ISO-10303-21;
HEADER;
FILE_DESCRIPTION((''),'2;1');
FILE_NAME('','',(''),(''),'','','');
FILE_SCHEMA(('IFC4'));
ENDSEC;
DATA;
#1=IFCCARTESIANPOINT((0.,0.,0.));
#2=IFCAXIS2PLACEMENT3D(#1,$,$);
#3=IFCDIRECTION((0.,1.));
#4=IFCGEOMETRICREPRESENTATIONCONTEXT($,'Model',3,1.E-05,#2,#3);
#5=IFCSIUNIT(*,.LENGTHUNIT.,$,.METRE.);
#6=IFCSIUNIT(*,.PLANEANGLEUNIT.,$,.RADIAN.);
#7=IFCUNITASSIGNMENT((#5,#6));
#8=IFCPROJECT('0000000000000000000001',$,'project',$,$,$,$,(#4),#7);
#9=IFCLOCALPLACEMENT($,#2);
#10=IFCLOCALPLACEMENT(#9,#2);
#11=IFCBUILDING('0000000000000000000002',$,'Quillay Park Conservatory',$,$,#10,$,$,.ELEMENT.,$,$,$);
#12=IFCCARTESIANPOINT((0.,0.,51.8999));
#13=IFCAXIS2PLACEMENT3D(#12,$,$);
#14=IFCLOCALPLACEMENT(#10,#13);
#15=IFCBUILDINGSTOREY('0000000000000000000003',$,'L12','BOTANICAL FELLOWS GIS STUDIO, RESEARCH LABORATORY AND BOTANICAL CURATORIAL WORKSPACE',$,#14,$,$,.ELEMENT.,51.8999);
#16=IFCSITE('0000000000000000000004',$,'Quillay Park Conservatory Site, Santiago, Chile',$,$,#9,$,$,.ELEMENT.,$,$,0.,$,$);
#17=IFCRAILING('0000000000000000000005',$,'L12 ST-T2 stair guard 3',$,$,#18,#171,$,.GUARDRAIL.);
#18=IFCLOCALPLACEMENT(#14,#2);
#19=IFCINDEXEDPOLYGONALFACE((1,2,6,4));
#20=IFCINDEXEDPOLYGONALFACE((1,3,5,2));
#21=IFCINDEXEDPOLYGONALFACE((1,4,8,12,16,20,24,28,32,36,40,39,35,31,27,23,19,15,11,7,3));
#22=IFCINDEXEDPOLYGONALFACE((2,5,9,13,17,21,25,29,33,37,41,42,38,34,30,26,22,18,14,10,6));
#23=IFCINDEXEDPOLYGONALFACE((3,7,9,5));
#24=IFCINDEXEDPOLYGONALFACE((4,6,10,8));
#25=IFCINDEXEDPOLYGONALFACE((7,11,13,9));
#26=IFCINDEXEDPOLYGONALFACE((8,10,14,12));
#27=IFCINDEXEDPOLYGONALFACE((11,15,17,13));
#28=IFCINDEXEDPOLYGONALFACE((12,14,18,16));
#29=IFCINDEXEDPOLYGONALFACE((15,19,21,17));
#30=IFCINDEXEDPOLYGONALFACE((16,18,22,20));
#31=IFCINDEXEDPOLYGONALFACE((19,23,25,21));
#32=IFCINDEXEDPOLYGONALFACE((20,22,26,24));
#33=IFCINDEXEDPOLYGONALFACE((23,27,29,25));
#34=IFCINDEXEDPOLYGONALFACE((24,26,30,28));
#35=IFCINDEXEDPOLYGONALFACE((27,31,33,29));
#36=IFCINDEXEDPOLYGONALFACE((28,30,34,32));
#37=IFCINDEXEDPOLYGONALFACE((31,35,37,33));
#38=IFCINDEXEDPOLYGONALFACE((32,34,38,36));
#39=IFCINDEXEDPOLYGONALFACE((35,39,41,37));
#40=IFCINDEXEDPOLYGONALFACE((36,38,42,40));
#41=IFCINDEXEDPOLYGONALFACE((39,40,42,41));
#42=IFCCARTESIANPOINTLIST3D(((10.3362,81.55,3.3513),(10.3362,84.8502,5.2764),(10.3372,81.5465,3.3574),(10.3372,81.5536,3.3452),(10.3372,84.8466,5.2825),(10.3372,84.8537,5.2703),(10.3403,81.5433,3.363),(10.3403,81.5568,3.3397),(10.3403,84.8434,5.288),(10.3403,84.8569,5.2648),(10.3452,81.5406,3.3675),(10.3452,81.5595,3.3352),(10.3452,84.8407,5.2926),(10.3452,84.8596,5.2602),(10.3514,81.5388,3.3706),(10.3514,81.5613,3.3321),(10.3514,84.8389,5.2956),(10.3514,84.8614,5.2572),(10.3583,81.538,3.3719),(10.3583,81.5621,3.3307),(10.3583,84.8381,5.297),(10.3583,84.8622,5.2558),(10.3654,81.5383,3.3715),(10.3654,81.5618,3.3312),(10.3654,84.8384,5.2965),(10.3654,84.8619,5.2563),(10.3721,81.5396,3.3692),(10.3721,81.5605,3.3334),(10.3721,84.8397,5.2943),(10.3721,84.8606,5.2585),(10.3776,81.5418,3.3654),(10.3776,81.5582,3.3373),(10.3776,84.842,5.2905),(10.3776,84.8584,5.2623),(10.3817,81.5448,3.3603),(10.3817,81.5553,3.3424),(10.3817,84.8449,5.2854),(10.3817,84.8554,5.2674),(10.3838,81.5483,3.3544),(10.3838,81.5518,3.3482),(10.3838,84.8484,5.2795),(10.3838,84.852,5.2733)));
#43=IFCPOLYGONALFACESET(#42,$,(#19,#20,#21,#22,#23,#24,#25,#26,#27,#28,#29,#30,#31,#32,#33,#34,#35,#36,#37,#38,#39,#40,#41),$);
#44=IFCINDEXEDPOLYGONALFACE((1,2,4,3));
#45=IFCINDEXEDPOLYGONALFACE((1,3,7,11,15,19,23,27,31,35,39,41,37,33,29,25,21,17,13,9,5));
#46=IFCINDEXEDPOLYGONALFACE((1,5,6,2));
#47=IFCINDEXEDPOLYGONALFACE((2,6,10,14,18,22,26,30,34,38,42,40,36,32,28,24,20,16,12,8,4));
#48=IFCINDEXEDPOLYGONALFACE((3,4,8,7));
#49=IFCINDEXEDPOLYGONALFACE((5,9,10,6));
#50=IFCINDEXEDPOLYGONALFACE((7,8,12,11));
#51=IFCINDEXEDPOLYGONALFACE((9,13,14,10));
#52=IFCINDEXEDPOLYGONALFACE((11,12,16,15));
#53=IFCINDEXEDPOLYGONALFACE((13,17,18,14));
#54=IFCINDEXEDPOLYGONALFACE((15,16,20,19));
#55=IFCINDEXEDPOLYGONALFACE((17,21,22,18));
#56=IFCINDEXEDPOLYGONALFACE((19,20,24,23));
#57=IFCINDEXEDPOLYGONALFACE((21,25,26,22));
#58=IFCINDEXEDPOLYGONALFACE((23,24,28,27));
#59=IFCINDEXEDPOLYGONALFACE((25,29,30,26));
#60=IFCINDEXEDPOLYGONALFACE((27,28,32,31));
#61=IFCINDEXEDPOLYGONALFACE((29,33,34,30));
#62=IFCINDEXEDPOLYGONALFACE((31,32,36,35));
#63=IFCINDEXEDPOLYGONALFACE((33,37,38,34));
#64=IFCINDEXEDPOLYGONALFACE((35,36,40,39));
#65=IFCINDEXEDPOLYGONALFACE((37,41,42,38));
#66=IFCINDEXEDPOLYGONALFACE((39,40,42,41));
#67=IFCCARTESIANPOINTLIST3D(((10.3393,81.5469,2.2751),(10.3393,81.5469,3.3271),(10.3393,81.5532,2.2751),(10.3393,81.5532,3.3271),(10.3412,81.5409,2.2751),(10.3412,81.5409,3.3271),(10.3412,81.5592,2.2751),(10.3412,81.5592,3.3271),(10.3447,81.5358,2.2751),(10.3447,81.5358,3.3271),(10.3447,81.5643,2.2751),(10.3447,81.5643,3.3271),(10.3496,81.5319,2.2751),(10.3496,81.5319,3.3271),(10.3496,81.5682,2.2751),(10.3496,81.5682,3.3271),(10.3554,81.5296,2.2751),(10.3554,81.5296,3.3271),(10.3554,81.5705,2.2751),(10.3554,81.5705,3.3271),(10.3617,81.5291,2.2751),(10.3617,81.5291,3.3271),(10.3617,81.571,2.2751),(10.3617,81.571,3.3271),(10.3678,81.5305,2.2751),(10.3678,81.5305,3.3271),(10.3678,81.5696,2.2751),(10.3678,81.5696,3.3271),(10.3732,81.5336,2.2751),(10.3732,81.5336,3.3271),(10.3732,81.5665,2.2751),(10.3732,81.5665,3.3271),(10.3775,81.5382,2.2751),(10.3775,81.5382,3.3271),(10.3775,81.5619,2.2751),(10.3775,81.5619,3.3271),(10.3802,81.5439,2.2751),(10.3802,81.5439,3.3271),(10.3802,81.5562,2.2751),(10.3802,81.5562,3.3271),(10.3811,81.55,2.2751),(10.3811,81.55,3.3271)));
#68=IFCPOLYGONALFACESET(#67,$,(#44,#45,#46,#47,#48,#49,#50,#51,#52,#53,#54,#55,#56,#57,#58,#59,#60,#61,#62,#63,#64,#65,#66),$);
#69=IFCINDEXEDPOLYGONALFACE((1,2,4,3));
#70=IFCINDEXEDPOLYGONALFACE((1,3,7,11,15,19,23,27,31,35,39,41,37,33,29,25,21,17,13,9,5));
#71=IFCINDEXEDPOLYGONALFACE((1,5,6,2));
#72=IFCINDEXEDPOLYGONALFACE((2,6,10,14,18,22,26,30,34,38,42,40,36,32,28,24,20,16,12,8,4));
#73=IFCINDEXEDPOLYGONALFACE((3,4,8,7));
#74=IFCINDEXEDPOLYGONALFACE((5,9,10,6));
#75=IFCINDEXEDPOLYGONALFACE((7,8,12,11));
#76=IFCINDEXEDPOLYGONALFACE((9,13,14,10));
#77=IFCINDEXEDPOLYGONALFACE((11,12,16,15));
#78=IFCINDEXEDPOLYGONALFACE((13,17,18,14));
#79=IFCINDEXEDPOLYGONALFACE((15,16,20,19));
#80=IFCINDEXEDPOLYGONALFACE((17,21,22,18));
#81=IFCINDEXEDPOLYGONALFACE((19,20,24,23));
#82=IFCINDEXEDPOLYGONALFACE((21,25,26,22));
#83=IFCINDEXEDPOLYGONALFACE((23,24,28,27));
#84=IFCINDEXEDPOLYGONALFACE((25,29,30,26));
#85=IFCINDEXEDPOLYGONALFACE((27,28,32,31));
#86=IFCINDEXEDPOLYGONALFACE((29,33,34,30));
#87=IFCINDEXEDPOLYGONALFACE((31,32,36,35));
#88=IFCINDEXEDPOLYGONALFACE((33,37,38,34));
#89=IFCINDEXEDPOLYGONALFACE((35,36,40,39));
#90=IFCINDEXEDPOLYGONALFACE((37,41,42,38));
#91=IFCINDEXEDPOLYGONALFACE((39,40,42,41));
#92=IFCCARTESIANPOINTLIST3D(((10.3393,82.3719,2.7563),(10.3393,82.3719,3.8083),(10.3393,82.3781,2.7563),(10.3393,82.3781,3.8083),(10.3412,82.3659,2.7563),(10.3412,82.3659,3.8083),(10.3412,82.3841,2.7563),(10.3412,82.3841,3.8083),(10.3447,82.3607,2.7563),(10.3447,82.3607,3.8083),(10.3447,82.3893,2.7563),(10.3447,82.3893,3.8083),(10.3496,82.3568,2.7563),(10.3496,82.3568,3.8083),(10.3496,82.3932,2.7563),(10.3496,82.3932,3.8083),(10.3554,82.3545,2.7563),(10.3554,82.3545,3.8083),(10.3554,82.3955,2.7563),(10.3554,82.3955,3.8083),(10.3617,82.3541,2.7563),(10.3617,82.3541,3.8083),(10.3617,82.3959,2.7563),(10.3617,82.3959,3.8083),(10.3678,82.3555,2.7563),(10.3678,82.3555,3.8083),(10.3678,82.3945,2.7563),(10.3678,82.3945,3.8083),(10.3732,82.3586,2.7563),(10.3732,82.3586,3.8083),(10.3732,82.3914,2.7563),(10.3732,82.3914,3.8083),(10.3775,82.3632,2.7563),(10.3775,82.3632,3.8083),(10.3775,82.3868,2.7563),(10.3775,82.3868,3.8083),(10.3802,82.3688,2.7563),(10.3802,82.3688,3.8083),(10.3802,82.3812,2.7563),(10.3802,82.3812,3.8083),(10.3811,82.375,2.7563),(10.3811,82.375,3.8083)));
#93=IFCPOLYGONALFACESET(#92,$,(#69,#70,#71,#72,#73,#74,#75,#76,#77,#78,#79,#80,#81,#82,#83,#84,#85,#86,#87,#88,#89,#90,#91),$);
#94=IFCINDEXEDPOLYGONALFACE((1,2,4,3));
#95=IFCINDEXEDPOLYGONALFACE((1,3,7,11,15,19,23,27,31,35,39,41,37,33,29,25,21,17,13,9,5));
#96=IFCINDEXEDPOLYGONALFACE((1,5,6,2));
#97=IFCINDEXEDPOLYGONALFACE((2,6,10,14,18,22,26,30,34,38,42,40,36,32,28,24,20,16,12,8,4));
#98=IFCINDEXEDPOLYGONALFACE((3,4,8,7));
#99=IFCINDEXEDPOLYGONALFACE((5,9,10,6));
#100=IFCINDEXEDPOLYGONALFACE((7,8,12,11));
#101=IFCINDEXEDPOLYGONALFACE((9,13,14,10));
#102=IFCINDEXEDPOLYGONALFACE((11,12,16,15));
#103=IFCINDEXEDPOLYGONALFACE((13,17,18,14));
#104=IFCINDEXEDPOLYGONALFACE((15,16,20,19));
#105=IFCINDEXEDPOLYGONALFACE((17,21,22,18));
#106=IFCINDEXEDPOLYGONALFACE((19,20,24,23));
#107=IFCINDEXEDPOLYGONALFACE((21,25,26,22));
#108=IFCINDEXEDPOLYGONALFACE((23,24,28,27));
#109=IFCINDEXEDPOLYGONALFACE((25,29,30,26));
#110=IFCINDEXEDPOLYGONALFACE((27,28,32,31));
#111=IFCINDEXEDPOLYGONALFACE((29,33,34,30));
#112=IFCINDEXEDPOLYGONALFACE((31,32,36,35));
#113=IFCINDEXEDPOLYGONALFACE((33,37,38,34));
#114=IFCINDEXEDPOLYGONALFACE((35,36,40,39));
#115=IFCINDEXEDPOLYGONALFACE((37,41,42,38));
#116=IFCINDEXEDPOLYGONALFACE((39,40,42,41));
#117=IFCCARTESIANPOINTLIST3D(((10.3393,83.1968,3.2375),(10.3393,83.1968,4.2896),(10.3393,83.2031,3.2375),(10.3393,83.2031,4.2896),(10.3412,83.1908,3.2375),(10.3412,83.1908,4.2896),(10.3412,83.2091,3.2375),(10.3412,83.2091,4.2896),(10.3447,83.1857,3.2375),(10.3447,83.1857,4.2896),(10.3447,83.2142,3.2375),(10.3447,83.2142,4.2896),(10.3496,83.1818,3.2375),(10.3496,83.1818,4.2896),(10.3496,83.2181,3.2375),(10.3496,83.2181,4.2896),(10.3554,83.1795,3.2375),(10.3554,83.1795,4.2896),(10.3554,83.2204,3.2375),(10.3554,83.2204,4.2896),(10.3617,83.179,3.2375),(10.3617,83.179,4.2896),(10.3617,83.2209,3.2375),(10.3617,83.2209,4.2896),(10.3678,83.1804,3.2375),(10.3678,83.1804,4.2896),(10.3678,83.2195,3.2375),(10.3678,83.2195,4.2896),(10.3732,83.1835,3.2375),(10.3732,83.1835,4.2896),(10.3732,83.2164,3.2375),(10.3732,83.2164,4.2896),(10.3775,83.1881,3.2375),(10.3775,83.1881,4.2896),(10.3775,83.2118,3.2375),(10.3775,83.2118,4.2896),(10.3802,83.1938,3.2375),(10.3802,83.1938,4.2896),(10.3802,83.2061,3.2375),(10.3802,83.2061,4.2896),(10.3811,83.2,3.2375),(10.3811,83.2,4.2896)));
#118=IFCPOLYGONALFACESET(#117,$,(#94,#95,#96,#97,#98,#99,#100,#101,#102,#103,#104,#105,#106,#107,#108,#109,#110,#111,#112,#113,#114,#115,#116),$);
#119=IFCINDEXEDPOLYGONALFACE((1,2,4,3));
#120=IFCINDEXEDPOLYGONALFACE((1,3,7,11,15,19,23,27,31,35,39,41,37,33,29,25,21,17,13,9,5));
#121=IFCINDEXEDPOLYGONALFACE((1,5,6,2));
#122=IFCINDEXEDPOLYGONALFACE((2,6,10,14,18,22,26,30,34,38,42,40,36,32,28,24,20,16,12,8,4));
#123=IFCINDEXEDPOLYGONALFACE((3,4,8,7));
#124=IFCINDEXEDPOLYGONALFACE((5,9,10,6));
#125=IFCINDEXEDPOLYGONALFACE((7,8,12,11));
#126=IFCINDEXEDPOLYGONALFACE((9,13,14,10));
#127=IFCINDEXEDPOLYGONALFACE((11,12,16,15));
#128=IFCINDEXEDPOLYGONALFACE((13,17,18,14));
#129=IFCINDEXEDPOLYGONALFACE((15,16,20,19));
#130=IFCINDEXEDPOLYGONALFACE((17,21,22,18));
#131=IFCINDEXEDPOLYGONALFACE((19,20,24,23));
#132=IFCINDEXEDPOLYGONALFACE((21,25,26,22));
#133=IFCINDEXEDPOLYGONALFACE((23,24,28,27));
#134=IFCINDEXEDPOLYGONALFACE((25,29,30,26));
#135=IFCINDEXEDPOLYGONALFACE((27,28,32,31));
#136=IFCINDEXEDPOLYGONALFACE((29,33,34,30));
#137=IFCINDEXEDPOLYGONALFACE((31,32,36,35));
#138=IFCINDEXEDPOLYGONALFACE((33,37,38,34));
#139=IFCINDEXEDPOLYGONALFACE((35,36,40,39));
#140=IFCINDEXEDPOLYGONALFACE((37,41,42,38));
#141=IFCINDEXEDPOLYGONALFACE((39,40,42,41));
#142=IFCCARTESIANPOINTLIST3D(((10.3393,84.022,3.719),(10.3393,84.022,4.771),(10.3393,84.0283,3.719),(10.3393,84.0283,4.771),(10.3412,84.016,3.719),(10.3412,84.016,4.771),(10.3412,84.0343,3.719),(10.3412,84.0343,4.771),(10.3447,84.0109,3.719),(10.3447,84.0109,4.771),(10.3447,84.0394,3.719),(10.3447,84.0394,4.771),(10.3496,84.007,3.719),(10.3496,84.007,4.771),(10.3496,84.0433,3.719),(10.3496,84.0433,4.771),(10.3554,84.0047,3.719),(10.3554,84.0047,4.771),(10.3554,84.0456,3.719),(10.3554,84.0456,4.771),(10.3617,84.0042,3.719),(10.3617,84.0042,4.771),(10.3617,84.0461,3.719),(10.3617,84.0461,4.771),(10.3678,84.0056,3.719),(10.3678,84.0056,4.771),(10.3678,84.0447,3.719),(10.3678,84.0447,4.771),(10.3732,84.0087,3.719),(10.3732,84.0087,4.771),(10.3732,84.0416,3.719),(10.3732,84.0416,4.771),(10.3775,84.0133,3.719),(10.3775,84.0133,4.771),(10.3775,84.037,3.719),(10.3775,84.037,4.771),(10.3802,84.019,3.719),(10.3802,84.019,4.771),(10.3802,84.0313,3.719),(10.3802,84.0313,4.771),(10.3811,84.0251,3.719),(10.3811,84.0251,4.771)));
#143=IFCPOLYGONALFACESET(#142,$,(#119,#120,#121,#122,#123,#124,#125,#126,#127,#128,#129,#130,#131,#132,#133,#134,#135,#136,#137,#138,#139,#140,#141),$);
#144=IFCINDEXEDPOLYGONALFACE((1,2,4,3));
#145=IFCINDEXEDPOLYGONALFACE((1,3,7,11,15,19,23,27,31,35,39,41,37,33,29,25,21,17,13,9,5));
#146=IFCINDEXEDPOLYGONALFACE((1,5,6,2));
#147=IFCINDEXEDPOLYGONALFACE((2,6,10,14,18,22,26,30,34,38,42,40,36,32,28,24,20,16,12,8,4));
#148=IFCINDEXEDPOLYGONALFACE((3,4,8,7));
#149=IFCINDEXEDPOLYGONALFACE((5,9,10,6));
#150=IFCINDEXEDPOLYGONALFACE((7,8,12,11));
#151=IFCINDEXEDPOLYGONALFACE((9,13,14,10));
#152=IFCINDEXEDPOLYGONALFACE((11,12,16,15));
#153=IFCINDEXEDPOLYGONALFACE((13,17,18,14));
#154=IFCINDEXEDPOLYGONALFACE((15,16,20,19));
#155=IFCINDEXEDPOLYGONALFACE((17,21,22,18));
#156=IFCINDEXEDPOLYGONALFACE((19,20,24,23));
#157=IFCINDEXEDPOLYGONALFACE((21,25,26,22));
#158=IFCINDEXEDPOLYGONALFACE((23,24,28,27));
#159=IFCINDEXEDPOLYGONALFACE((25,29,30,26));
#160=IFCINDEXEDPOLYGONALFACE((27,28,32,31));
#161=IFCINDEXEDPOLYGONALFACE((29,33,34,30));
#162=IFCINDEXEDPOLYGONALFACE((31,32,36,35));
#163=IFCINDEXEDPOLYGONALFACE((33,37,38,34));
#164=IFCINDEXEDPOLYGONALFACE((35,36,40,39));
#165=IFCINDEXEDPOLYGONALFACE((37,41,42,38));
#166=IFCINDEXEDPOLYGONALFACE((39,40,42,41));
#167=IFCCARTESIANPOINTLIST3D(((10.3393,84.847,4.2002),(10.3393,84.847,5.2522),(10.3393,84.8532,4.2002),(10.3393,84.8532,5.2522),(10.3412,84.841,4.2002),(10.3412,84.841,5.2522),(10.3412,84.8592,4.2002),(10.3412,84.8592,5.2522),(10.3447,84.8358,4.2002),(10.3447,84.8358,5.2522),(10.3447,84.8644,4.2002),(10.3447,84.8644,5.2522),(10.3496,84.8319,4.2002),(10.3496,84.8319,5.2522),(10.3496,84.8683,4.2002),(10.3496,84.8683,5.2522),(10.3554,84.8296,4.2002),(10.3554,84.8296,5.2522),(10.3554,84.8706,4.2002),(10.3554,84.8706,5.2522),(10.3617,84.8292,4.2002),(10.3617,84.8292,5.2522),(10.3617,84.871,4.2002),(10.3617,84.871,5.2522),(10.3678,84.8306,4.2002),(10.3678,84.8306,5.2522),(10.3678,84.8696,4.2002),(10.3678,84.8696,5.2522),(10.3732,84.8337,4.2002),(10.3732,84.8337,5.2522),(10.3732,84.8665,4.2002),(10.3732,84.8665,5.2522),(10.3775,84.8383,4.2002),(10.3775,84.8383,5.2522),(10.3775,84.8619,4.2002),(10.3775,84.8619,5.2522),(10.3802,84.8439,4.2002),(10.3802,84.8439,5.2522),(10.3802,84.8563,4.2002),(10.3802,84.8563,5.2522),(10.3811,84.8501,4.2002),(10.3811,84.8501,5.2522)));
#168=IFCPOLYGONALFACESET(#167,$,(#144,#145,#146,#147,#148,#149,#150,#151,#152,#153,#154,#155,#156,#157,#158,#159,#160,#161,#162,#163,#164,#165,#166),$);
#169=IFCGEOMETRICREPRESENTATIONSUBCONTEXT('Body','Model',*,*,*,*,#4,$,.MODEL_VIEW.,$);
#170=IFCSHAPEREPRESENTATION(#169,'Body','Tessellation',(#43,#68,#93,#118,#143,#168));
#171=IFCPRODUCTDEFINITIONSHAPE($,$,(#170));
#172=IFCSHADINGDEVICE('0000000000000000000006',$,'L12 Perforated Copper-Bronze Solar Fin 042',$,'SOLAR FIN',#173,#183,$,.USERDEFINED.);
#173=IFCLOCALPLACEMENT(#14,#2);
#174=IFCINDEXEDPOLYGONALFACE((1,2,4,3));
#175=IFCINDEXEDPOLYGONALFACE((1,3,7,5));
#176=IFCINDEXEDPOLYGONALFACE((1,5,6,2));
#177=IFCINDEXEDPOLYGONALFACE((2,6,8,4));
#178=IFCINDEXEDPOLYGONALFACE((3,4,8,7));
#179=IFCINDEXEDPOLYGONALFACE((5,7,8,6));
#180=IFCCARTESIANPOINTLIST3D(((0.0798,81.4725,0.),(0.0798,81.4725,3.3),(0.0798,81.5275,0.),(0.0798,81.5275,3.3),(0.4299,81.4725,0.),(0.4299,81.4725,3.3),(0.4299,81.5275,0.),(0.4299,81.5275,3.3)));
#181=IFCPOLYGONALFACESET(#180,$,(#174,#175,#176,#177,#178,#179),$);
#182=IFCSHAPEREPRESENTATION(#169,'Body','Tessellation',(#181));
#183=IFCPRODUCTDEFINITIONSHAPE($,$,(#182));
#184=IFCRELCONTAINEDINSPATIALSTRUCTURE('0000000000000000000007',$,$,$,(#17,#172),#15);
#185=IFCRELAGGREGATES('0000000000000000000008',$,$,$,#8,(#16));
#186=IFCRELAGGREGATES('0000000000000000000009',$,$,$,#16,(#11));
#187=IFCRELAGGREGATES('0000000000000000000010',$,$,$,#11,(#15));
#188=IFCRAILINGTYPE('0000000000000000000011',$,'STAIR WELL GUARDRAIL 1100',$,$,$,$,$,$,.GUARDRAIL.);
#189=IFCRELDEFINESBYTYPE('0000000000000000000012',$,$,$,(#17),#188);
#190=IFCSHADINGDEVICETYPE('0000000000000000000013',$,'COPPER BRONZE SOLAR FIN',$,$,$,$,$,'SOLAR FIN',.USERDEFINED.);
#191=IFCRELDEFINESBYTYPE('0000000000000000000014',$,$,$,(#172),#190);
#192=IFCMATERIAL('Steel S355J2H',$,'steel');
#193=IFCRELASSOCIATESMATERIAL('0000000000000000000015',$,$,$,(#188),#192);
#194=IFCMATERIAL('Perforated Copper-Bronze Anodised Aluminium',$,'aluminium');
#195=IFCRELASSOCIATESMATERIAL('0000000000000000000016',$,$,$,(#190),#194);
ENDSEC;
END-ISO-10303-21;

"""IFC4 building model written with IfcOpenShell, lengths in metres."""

from ifc_helpers import new_model, si_unit, direction, frame, origin, origin_2d, place, context, subcontext, project, spatial, rectangle, circle, extrude, material, type_object, element, save


model = new_model("IFC4")

# Units and contexts
model_context = context("Model", 3, precision=1e-05, world=origin(), true_north=direction((0.0, 1.0)))
body_context = subcontext(model_context, "Body", "Model", "MODEL_VIEW")
ifc_project = project(units=[si_unit("LENGTHUNIT", "METRE"), si_unit("PLANEANGLEUNIT", "RADIAN")], contexts=[model_context])

# Site, building, storey
site_placement = place(None, origin())
site = spatial("IfcSite", under=ifc_project, at=site_placement, Name="Quillay Park Conservatory Site, Santiago, Chile", CompositionType="ELEMENT", RefElevation=0.0)
building_placement = place(site_placement, origin())
building = spatial("IfcBuilding", under=site, at=building_placement, Name="Quillay Park Conservatory", CompositionType="ELEMENT")
storey_placement = place(building_placement, frame((0.0, 0.0, 51.8999)))
storey = spatial("IfcBuildingStorey", under=building, at=storey_placement, Name="L12", Description="BOTANICAL FELLOWS GIS STUDIO, RESEARCH LABORATORY AND BOTANICAL CURATORIAL WORKSPACE", CompositionType="ELEMENT", Elevation=51.8999)

# Railing
ifc_material_1 = material(Name="Steel S355J2H", Category="steel")
railing_type_1 = type_object("IfcRailingType", Name="STAIR WELL GUARDRAIL 1100", PredefinedType="GUARDRAIL", material=ifc_material_1)
railing_1_placement = place(storey_placement, frame((10.3601, 81.55, 2.2751)))
element("IfcRailing", 1, at=railing_1_placement, inside=storey, type_object=railing_type_1, Name="L12 ST-T2 stair guard 3", PredefinedType="GUARDRAIL", context=body_context, shape_type="SweptSolid", body=[
    extrude(circle(Radius=0.0239, at=origin_2d()), frame((0.0, 0.0, 1.0762), z_axis=(0.0, 0.863777, 0.503875), x_axis=(-1.0, 0.0, 0.0)), (0.0, 0.0, 1.0), 3.8206),
    extrude(circle(Radius=0.021, at=origin_2d()), origin(), (0.0, 0.0, 1.0), 1.052),
    extrude(circle(Radius=0.021, at=origin_2d()), frame((0.0, 0.825, 0.4812)), (0.0, 0.0, 1.0), 1.052),
    extrude(circle(Radius=0.021, at=origin_2d()), frame((0.0, 1.6499, 0.9624)), (0.0, 0.0, 1.0), 1.052),
    extrude(circle(Radius=0.021, at=origin_2d()), frame((0.0, 2.4751, 1.4438)), (0.0, 0.0, 1.0), 1.052),
    extrude(circle(Radius=0.021, at=origin_2d()), frame((0.0, 3.3, 1.925)), (0.0, 0.0, 1.0), 1.052),
])

# Shading device
ifc_material_2 = material(Name="Perforated Copper-Bronze Anodised Aluminium", Category="aluminium")
shading_device_type = type_object("IfcShadingDeviceType", Name="COPPER BRONZE SOLAR FIN", ElementType="SOLAR FIN", PredefinedType="USERDEFINED", material=ifc_material_2)
shading_device_placement = place(storey_placement, frame((0.2549, 81.5, 0.0), z_axis=(0.0, 0.0, 1.0), x_axis=(1.0, 0.0, 0.0)))
element("IfcShadingDevice", 2, at=shading_device_placement, inside=storey, type_object=shading_device_type, Name="L12 Perforated Copper-Bronze Solar Fin 042", ObjectType="SOLAR FIN", PredefinedType="USERDEFINED", context=body_context, shape_type="SweptSolid", body=[
    extrude(rectangle(XDim=0.3501, YDim=0.0549, at=origin_2d()), origin(), (0.0, 0.0, 1.0), 3.3),
])

save(model, "model.ifc")
